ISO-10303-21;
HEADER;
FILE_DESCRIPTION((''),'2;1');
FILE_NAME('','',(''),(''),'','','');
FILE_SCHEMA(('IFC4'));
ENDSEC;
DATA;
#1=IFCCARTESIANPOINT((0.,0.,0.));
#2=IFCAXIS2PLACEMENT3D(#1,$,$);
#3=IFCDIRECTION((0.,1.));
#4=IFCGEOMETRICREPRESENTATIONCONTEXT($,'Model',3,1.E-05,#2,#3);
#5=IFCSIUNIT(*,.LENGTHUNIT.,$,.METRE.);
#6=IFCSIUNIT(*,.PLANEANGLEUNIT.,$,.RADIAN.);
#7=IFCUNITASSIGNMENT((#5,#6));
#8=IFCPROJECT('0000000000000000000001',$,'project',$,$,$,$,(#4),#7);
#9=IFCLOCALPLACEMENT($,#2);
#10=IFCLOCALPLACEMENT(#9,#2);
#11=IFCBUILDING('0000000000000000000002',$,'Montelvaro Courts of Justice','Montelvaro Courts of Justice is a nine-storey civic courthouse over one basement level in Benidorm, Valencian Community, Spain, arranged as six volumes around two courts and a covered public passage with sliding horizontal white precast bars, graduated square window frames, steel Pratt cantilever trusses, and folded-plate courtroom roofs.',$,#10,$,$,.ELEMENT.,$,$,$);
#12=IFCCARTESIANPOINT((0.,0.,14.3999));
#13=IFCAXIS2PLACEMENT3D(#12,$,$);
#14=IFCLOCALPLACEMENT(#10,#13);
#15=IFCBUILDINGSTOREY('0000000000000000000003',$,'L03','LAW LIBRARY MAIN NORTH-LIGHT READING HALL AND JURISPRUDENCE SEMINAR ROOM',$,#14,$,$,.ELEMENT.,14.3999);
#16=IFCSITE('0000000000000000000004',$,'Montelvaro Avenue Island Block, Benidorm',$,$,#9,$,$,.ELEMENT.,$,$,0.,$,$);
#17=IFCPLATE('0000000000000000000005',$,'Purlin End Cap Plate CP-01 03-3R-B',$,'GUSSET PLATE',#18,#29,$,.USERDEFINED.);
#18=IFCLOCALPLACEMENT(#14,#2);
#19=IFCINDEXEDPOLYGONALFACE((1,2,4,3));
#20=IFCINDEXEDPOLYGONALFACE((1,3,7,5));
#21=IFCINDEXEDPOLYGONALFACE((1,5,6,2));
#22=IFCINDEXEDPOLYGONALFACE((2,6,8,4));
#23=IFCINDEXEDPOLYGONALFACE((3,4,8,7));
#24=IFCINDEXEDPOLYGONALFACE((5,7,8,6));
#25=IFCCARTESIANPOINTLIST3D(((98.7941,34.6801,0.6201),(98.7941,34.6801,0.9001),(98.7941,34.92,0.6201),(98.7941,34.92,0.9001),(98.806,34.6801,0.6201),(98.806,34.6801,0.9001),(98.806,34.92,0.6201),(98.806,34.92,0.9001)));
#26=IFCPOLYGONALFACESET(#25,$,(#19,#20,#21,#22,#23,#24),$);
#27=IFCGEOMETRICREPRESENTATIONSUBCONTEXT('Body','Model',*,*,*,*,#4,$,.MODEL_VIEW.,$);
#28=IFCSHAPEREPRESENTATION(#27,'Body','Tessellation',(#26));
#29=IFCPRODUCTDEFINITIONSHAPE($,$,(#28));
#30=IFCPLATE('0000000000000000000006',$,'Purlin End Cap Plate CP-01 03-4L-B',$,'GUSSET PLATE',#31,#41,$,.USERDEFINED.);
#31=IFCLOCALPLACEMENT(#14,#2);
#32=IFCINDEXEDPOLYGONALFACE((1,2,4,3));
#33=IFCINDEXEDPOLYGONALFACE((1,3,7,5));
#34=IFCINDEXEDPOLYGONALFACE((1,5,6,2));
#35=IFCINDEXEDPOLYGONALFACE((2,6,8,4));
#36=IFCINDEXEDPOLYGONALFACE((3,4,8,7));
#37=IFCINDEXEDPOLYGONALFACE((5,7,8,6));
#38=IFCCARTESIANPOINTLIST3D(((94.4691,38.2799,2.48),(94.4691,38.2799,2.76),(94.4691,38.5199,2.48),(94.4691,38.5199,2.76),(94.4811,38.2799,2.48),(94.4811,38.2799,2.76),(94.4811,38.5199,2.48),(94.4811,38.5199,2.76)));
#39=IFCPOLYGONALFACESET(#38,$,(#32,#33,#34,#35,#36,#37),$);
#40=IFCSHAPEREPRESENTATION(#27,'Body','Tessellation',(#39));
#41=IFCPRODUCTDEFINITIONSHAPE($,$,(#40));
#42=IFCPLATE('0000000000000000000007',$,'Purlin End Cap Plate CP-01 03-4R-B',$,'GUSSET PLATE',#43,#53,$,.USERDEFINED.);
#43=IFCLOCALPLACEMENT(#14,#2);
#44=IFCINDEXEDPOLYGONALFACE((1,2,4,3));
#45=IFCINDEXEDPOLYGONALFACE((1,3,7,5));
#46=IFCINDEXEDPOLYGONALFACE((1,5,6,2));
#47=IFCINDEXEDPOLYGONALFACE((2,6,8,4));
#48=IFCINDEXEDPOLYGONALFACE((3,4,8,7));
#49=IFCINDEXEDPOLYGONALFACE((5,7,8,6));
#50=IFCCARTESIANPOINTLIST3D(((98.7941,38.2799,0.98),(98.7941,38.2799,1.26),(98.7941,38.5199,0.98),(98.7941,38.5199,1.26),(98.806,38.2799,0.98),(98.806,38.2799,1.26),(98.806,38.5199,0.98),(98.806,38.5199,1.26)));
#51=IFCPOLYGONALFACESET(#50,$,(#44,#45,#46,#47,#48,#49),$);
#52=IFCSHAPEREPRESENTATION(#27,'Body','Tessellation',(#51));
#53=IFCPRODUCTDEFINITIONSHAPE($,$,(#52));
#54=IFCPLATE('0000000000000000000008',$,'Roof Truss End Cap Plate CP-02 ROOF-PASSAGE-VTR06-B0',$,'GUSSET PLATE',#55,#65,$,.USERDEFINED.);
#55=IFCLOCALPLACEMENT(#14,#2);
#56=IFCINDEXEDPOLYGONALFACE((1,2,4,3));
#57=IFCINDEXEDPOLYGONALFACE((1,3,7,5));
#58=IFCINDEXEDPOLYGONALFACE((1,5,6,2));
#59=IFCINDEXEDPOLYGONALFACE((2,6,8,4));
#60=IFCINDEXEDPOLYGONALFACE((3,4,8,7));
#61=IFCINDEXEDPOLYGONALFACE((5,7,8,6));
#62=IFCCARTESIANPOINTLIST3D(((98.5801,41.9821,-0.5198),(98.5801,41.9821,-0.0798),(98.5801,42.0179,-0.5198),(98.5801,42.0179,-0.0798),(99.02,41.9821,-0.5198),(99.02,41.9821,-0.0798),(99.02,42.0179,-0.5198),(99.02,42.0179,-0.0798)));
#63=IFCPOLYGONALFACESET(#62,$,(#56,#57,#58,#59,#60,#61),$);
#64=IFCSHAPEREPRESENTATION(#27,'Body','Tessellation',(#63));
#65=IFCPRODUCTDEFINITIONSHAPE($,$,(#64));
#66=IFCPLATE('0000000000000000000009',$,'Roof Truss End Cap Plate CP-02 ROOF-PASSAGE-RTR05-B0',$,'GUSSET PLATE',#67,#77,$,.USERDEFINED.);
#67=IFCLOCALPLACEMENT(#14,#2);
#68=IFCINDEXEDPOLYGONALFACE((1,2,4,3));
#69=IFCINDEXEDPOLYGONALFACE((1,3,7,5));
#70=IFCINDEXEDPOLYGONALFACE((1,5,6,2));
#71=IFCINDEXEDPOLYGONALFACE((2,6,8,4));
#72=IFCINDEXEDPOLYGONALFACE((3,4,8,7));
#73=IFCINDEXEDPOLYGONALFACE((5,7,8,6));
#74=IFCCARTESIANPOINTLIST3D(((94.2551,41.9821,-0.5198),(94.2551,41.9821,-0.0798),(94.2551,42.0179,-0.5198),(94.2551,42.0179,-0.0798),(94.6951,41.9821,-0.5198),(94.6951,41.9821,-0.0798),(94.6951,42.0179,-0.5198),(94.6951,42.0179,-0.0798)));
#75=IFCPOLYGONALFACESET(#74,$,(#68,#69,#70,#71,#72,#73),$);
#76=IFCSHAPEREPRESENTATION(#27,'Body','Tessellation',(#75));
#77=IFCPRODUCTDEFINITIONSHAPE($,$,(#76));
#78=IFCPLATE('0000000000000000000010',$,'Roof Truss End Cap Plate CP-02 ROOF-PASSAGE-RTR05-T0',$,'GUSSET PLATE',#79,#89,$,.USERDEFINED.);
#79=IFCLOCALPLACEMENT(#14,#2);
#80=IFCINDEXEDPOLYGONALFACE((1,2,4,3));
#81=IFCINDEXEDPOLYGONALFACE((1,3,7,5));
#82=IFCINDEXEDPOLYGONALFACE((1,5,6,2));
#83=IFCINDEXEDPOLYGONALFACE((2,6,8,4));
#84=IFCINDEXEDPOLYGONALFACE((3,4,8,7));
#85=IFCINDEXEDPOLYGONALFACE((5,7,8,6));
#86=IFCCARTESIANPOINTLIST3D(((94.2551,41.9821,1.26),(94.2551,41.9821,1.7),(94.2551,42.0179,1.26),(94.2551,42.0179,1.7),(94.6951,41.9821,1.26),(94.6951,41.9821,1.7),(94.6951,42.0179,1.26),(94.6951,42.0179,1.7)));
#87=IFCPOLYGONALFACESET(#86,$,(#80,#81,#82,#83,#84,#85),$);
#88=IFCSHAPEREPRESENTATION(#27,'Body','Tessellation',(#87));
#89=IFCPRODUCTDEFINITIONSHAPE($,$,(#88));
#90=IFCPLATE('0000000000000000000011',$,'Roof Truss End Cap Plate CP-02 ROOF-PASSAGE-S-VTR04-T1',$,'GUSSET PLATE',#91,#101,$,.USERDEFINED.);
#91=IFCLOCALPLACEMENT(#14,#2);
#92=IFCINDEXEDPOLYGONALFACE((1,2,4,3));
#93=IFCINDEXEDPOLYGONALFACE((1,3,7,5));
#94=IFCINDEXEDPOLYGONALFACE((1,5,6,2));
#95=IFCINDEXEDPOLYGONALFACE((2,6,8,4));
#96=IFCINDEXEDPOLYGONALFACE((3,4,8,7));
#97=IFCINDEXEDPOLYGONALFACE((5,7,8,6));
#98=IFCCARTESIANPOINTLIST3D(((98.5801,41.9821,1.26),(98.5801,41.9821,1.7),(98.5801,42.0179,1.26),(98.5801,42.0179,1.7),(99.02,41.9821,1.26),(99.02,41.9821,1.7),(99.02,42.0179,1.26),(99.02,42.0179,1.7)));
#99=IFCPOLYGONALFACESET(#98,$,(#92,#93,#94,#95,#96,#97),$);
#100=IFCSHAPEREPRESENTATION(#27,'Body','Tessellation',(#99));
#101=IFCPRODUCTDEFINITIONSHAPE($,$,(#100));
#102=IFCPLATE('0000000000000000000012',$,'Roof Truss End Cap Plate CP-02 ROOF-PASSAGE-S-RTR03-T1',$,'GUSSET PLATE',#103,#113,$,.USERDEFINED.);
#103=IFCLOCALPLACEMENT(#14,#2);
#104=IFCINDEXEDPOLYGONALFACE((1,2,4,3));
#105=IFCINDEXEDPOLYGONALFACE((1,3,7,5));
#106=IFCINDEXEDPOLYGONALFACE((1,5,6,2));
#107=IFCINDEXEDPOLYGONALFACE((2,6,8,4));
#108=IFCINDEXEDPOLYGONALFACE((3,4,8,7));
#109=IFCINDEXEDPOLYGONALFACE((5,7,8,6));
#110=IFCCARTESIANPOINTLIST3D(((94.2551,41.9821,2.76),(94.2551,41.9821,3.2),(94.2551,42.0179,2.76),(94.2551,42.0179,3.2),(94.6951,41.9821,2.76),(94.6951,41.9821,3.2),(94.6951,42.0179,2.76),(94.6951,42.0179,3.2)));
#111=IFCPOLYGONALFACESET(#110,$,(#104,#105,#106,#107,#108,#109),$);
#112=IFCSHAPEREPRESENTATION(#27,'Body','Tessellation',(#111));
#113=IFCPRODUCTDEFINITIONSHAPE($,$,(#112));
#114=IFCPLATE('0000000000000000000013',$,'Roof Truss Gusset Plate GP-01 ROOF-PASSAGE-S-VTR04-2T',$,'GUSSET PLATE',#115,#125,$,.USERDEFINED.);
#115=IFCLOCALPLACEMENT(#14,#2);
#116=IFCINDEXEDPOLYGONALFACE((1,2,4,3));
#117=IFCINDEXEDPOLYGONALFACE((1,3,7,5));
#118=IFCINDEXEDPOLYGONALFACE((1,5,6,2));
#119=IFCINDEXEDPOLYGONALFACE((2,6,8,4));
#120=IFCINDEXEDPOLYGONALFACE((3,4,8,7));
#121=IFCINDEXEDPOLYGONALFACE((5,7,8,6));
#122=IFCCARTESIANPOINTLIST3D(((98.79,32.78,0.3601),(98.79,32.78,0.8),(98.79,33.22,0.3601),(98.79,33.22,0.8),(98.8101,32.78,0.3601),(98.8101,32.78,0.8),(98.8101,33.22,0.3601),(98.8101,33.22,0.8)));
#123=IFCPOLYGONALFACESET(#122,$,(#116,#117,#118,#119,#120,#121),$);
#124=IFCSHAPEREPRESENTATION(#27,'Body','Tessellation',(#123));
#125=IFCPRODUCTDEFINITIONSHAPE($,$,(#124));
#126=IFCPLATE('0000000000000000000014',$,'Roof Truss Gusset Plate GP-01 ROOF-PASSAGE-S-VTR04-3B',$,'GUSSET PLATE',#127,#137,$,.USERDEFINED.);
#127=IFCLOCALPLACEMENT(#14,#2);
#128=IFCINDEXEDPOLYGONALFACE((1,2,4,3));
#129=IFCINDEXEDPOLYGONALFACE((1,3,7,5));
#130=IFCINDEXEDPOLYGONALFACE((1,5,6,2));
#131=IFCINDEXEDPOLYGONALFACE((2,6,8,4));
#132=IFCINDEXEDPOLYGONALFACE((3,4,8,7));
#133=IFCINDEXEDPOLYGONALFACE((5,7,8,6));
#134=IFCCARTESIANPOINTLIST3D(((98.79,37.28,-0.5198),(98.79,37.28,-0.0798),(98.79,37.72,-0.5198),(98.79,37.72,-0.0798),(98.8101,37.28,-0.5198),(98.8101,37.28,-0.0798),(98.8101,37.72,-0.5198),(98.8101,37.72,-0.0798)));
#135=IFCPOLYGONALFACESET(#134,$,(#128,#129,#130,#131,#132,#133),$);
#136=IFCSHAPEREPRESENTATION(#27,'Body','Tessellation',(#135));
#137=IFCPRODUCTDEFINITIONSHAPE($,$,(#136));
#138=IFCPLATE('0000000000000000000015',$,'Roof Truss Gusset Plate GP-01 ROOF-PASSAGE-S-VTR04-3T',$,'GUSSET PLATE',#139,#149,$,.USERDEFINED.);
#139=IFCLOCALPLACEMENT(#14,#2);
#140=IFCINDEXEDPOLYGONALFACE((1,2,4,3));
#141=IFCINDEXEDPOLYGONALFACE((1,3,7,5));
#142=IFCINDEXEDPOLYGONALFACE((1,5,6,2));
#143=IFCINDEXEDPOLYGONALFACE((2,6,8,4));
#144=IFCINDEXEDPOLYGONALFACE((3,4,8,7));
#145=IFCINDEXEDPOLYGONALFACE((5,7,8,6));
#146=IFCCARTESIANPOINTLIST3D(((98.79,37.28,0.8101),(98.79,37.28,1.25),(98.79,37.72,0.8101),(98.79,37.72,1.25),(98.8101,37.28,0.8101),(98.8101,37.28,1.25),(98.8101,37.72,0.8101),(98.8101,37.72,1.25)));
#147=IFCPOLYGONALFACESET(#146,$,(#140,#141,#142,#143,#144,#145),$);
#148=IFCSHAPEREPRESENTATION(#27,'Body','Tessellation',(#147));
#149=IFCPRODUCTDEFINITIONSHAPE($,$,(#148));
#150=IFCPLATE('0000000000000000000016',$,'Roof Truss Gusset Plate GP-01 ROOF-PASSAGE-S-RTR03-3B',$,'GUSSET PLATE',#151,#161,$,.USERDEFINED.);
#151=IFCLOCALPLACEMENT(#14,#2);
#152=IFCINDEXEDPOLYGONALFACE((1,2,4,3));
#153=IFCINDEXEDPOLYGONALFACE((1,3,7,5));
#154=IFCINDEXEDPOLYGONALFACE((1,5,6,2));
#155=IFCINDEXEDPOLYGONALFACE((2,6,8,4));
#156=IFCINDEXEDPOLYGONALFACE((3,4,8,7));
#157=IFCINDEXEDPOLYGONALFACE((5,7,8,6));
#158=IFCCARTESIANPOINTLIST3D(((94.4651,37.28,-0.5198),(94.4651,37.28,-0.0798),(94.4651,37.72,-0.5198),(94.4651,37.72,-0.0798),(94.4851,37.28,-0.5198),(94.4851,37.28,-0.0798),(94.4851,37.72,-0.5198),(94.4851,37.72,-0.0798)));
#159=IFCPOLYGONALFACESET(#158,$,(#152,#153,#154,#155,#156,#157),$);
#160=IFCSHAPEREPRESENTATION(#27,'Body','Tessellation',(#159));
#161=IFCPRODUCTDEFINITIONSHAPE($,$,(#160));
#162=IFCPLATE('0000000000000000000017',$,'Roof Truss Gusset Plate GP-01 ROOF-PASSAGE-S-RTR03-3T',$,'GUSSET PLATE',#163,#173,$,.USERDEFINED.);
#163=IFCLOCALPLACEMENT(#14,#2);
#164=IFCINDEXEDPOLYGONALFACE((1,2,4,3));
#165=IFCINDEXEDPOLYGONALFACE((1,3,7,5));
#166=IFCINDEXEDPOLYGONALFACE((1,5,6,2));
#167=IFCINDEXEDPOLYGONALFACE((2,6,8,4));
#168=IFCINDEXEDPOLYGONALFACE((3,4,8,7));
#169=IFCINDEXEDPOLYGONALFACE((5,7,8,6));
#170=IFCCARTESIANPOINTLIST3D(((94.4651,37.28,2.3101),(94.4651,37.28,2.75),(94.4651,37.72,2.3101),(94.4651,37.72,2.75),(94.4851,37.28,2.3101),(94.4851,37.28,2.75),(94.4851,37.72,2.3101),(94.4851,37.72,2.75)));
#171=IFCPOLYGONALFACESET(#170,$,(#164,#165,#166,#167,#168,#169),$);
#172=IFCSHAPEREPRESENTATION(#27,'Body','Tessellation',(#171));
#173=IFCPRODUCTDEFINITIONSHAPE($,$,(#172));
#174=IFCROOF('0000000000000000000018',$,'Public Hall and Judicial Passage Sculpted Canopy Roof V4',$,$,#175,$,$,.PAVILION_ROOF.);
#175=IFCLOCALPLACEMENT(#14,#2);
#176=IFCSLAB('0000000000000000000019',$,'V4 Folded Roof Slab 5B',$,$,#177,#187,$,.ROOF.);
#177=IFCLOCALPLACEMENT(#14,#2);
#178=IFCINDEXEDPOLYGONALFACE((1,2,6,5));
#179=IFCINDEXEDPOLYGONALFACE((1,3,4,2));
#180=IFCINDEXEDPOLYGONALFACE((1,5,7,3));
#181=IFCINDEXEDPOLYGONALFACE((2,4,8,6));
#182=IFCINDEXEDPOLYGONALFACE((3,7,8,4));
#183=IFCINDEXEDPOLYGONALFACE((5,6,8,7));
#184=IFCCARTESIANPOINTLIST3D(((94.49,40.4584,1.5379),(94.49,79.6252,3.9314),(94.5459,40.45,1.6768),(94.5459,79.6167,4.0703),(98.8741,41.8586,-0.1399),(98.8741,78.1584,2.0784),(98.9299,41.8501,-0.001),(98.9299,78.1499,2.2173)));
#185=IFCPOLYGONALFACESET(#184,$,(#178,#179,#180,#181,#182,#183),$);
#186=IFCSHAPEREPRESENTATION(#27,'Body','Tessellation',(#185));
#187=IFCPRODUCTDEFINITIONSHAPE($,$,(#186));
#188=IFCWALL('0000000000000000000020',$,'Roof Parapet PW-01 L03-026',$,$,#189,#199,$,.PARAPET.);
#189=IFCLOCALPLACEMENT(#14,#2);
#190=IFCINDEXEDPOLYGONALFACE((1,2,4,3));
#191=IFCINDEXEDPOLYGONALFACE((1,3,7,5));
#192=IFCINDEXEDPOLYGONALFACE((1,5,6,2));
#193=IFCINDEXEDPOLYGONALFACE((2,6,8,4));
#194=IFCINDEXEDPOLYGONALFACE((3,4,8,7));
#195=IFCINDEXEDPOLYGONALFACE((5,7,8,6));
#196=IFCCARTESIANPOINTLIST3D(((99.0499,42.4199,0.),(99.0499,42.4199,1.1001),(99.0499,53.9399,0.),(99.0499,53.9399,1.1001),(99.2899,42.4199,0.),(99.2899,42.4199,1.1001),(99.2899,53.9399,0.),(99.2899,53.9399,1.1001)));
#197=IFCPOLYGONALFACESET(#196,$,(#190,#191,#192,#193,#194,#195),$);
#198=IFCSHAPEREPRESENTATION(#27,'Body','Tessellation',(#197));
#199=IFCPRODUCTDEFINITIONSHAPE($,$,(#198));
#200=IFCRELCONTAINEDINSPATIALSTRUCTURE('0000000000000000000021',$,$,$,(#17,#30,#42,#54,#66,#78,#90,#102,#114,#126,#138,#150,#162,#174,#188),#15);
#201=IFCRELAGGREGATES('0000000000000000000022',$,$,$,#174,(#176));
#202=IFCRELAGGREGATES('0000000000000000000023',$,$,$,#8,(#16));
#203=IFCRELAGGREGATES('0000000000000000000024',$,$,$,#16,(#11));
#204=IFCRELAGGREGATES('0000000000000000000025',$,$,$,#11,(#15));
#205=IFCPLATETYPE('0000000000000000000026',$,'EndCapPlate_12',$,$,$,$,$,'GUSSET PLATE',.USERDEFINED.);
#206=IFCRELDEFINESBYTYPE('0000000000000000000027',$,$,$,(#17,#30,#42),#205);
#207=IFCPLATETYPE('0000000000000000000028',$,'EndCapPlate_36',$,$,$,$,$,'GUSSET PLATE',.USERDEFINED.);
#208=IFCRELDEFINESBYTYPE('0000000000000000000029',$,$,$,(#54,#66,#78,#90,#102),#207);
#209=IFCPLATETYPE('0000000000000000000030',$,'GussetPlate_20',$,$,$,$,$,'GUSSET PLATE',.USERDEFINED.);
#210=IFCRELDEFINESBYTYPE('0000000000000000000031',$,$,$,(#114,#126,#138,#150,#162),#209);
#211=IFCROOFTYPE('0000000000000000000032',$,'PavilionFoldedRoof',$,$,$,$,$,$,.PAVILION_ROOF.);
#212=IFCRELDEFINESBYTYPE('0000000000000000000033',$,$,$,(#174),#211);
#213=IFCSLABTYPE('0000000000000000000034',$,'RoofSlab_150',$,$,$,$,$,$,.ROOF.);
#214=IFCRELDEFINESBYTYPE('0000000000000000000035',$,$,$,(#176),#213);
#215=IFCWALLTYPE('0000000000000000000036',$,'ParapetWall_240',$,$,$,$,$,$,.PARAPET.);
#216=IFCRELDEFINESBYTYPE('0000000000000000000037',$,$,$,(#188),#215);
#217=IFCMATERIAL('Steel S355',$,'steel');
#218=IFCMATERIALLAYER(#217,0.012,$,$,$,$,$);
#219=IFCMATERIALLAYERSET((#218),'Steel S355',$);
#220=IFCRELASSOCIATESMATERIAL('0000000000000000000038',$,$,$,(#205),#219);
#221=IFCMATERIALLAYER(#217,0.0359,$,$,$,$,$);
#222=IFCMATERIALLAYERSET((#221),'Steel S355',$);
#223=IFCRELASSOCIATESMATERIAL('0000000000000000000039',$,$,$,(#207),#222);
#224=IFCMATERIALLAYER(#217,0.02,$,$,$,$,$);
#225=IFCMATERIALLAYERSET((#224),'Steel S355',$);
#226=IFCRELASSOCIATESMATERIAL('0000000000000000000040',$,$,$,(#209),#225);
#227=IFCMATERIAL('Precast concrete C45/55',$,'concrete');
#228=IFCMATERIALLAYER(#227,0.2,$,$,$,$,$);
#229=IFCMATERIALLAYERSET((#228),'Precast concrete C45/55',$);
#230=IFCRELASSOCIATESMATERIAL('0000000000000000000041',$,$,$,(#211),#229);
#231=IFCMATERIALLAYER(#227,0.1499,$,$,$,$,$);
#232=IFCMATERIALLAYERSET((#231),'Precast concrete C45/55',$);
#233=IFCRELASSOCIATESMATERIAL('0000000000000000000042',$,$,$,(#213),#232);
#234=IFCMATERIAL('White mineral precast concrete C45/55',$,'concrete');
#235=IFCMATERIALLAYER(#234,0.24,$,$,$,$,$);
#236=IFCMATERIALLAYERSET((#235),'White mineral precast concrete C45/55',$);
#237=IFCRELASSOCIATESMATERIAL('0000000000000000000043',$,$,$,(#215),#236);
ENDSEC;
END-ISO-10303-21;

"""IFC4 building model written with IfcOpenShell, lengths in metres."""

from ifc_helpers import new_model, si_unit, direction, frame, frame_2d, origin, origin_2d, place, context, subcontext, project, spatial, polyline, rectangle, outline, extrude, material, layer, layer_set, type_object, element, aggregate, save


model = new_model("IFC4")

# Units and contexts
model_context = context("Model", 3, precision=1e-05, world=origin(), true_north=direction((0.0, 1.0)))
body_context = subcontext(model_context, "Body", "Model", "MODEL_VIEW")
ifc_project = project(units=[si_unit("LENGTHUNIT", "METRE"), si_unit("PLANEANGLEUNIT", "RADIAN")], contexts=[model_context])

# Site, building, storey
site_placement = place(None, origin())
site = spatial("IfcSite", under=ifc_project, at=site_placement, Name="Montelvaro Avenue Island Block, Benidorm", CompositionType="ELEMENT", RefElevation=0.0)
building_placement = place(site_placement, origin())
building = spatial("IfcBuilding", under=site, at=building_placement, Name="Montelvaro Courts of Justice", Description="Montelvaro Courts of Justice is a nine-storey civic courthouse over one basement level in Benidorm, Valencian Community, Spain, arranged as six volumes around two courts and a covered public passage with sliding horizontal white precast bars, graduated square window frames, steel Pratt cantilever trusses, and folded-plate courtroom roofs.", CompositionType="ELEMENT")
storey_placement = place(building_placement, frame((0.0, 0.0, 14.3999)))
storey = spatial("IfcBuildingStorey", under=building, at=storey_placement, Name="L03", Description="LAW LIBRARY MAIN NORTH-LIGHT READING HALL AND JURISPRUDENCE SEMINAR ROOM", CompositionType="ELEMENT", Elevation=14.3999)

# Shared definitions
ifc_material_1 = material(Name="Steel S355", Category="steel")

# Plates
ifc_layer_1 = layer(ifc_material_1, 0.012)
ifc_layer_set_1 = layer_set([ifc_layer_1], Name="Steel S355")
plate_type_1 = type_object("IfcPlateType", Name="EndCapPlate_12", ElementType="GUSSET PLATE", PredefinedType="USERDEFINED", material=ifc_layer_set_1)
for number, where, z_axis, x_axis, name in (
    (1, (98.8, 34.8, 0.6201), (0.0, 0.0, 1.0), (1.0, 0.0, 0.0), "Purlin End Cap Plate CP-01 03-3R-B"),
    (2, (94.4751, 38.3999, 2.48), (0.0, 0.0, 1.0), (1.0, 0.0, 0.0), "Purlin End Cap Plate CP-01 03-4L-B"),
    (3, (98.8, 38.3999, 0.98), (0.0, 0.0, 1.0), (1.0, 0.0, 0.0), "Purlin End Cap Plate CP-01 03-4R-B"),
):
    element("IfcPlate", number, at=place(storey_placement, frame(where, z_axis=z_axis, x_axis=x_axis)), inside=storey, type_object=plate_type_1, Name=name, ObjectType="GUSSET PLATE", PredefinedType="USERDEFINED", context=body_context, shape_type="SweptSolid", body=[
        extrude(rectangle(XDim=0.012, YDim=0.24, at=origin_2d()), origin(), (0.0, 0.0, 1.0), 0.28),
    ])
ifc_layer_2 = layer(ifc_material_1, 0.0359)
ifc_layer_set_2 = layer_set([ifc_layer_2], Name="Steel S355")
plate_type_2 = type_object("IfcPlateType", Name="EndCapPlate_36", ElementType="GUSSET PLATE", PredefinedType="USERDEFINED", material=ifc_layer_set_2)
for number, where, z_axis, x_axis, name in (
    (4, (98.8, 42.0, -0.5198), (0.0, 0.0, 1.0), (1.0, 0.0, 0.0), "Roof Truss End Cap Plate CP-02 ROOF-PASSAGE-VTR06-B0"),
    (5, (94.4751, 42.0, -0.5198), (0.0, 0.0, 1.0), (1.0, 0.0, 0.0), "Roof Truss End Cap Plate CP-02 ROOF-PASSAGE-RTR05-B0"),
    (6, (94.4751, 42.0, 1.26), (0.0, 0.0, 1.0), (1.0, 0.0, 0.0), "Roof Truss End Cap Plate CP-02 ROOF-PASSAGE-RTR05-T0"),
    (7, (98.8, 42.0, 1.26), (0.0, 0.0, 1.0), (1.0, 0.0, 0.0), "Roof Truss End Cap Plate CP-02 ROOF-PASSAGE-S-VTR04-T1"),
    (8, (94.4751, 42.0, 2.76), (0.0, 0.0, 1.0), (1.0, 0.0, 0.0), "Roof Truss End Cap Plate CP-02 ROOF-PASSAGE-S-RTR03-T1"),
):
    element("IfcPlate", number, at=place(storey_placement, frame(where, z_axis=z_axis, x_axis=x_axis)), inside=storey, type_object=plate_type_2, Name=name, ObjectType="GUSSET PLATE", PredefinedType="USERDEFINED", context=body_context, shape_type="SweptSolid", body=[
        extrude(rectangle(XDim=0.4399, YDim=0.0359, at=origin_2d()), origin(), (0.0, 0.0, 1.0), 0.4399),
    ])
ifc_layer_3 = layer(ifc_material_1, 0.02)
ifc_layer_set_3 = layer_set([ifc_layer_3], Name="Steel S355")
plate_type_3 = type_object("IfcPlateType", Name="GussetPlate_20", ElementType="GUSSET PLATE", PredefinedType="USERDEFINED", material=ifc_layer_set_3)
for number, where, z_axis, x_axis, name in (
    (9, (98.8, 33.0, 0.3601), (0.0, 0.0, 1.0), (1.0, 0.0, 0.0), "Roof Truss Gusset Plate GP-01 ROOF-PASSAGE-S-VTR04-2T"),
    (10, (98.8, 37.5, -0.5198), (0.0, 0.0, 1.0), (1.0, 0.0, 0.0), "Roof Truss Gusset Plate GP-01 ROOF-PASSAGE-S-VTR04-3B"),
    (11, (98.8, 37.5, 0.8101), (0.0, 0.0, 1.0), (1.0, 0.0, 0.0), "Roof Truss Gusset Plate GP-01 ROOF-PASSAGE-S-VTR04-3T"),
    (12, (94.4751, 37.5, -0.5198), (0.0, 0.0, 1.0), (1.0, 0.0, 0.0), "Roof Truss Gusset Plate GP-01 ROOF-PASSAGE-S-RTR03-3B"),
    (13, (94.4751, 37.5, 2.3101), (0.0, 0.0, 1.0), (1.0, 0.0, 0.0), "Roof Truss Gusset Plate GP-01 ROOF-PASSAGE-S-RTR03-3T"),
):
    element("IfcPlate", number, at=place(storey_placement, frame(where, z_axis=z_axis, x_axis=x_axis)), inside=storey, type_object=plate_type_3, Name=name, ObjectType="GUSSET PLATE", PredefinedType="USERDEFINED", context=body_context, shape_type="SweptSolid", body=[
        extrude(rectangle(XDim=0.02, YDim=0.4399, at=origin_2d()), origin(), (0.0, 0.0, 1.0), 0.4399),
    ])

# Roof, slab
ifc_material_2 = material(Name="Precast concrete C45/55", Category="concrete")
ifc_layer_4 = layer(ifc_material_2, 0.2)
ifc_layer_set_4 = layer_set([ifc_layer_4], Name="Precast concrete C45/55")
roof_type = type_object("IfcRoofType", Name="PavilionFoldedRoof", PredefinedType="PAVILION_ROOF", material=ifc_layer_set_4)
roof_placement = place(storey_placement, origin())
roof = element("IfcRoof", 14, at=roof_placement, inside=storey, type_object=roof_type, Name="Public Hall and Judicial Passage Sculpted Canopy Roof V4", PredefinedType="PAVILION_ROOF")
ifc_layer_5 = layer(ifc_material_2, 0.1499)
ifc_layer_set_5 = layer_set([ifc_layer_5], Name="Precast concrete C45/55")
slab_type = type_object("IfcSlabType", Name="RoofSlab_150", PredefinedType="ROOF", material=ifc_layer_set_5)
slab_placement = place(storey_placement, frame((94.5459, 40.45, 1.6768), z_axis=(0.372567, -0.056605, 0.926277), x_axis=(0.894978, 0.285834, -0.34251)))
slab = element("IfcSlab", 15, at=slab_placement, type_object=slab_type, Name="V4 Folded Roof Slab 5B", PredefinedType="ROOF", context=body_context, shape_type="SweptSolid", body=[
    extrude(outline(polyline([(0.0, 0.0), (4.8985, 0.0), (14.5144, 35.0732), (10.3754, 37.8433), (0.0, 0.0)])), origin(), (0.0, 0.0, -1.0), 0.1499),
])
aggregate(roof, [slab])

# Wall
ifc_material_3 = material(Name="White mineral precast concrete C45/55", Category="concrete")
ifc_layer_6 = layer(ifc_material_3, 0.24)
ifc_layer_set_6 = layer_set([ifc_layer_6], Name="White mineral precast concrete C45/55")
wall_type = type_object("IfcWallType", Name="ParapetWall_240", PredefinedType="PARAPET", material=ifc_layer_set_6)
wall_placement = place(storey_placement, frame((99.1699, 42.4199, 0.0), z_axis=(0.0, 0.0, 1.0), x_axis=(0.0, 1.0, 0.0)))
element("IfcWall", 16, at=wall_placement, inside=storey, type_object=wall_type, Name="Roof Parapet PW-01 L03-026", PredefinedType="PARAPET", context=body_context, shape_type="SweptSolid", body=[
    extrude(rectangle(XDim=11.52, YDim=0.24, at=frame_2d((5.76, 0.0))), origin(), (0.0, 0.0, 1.0), 1.1001),
])

save(model, "model.ifc")
